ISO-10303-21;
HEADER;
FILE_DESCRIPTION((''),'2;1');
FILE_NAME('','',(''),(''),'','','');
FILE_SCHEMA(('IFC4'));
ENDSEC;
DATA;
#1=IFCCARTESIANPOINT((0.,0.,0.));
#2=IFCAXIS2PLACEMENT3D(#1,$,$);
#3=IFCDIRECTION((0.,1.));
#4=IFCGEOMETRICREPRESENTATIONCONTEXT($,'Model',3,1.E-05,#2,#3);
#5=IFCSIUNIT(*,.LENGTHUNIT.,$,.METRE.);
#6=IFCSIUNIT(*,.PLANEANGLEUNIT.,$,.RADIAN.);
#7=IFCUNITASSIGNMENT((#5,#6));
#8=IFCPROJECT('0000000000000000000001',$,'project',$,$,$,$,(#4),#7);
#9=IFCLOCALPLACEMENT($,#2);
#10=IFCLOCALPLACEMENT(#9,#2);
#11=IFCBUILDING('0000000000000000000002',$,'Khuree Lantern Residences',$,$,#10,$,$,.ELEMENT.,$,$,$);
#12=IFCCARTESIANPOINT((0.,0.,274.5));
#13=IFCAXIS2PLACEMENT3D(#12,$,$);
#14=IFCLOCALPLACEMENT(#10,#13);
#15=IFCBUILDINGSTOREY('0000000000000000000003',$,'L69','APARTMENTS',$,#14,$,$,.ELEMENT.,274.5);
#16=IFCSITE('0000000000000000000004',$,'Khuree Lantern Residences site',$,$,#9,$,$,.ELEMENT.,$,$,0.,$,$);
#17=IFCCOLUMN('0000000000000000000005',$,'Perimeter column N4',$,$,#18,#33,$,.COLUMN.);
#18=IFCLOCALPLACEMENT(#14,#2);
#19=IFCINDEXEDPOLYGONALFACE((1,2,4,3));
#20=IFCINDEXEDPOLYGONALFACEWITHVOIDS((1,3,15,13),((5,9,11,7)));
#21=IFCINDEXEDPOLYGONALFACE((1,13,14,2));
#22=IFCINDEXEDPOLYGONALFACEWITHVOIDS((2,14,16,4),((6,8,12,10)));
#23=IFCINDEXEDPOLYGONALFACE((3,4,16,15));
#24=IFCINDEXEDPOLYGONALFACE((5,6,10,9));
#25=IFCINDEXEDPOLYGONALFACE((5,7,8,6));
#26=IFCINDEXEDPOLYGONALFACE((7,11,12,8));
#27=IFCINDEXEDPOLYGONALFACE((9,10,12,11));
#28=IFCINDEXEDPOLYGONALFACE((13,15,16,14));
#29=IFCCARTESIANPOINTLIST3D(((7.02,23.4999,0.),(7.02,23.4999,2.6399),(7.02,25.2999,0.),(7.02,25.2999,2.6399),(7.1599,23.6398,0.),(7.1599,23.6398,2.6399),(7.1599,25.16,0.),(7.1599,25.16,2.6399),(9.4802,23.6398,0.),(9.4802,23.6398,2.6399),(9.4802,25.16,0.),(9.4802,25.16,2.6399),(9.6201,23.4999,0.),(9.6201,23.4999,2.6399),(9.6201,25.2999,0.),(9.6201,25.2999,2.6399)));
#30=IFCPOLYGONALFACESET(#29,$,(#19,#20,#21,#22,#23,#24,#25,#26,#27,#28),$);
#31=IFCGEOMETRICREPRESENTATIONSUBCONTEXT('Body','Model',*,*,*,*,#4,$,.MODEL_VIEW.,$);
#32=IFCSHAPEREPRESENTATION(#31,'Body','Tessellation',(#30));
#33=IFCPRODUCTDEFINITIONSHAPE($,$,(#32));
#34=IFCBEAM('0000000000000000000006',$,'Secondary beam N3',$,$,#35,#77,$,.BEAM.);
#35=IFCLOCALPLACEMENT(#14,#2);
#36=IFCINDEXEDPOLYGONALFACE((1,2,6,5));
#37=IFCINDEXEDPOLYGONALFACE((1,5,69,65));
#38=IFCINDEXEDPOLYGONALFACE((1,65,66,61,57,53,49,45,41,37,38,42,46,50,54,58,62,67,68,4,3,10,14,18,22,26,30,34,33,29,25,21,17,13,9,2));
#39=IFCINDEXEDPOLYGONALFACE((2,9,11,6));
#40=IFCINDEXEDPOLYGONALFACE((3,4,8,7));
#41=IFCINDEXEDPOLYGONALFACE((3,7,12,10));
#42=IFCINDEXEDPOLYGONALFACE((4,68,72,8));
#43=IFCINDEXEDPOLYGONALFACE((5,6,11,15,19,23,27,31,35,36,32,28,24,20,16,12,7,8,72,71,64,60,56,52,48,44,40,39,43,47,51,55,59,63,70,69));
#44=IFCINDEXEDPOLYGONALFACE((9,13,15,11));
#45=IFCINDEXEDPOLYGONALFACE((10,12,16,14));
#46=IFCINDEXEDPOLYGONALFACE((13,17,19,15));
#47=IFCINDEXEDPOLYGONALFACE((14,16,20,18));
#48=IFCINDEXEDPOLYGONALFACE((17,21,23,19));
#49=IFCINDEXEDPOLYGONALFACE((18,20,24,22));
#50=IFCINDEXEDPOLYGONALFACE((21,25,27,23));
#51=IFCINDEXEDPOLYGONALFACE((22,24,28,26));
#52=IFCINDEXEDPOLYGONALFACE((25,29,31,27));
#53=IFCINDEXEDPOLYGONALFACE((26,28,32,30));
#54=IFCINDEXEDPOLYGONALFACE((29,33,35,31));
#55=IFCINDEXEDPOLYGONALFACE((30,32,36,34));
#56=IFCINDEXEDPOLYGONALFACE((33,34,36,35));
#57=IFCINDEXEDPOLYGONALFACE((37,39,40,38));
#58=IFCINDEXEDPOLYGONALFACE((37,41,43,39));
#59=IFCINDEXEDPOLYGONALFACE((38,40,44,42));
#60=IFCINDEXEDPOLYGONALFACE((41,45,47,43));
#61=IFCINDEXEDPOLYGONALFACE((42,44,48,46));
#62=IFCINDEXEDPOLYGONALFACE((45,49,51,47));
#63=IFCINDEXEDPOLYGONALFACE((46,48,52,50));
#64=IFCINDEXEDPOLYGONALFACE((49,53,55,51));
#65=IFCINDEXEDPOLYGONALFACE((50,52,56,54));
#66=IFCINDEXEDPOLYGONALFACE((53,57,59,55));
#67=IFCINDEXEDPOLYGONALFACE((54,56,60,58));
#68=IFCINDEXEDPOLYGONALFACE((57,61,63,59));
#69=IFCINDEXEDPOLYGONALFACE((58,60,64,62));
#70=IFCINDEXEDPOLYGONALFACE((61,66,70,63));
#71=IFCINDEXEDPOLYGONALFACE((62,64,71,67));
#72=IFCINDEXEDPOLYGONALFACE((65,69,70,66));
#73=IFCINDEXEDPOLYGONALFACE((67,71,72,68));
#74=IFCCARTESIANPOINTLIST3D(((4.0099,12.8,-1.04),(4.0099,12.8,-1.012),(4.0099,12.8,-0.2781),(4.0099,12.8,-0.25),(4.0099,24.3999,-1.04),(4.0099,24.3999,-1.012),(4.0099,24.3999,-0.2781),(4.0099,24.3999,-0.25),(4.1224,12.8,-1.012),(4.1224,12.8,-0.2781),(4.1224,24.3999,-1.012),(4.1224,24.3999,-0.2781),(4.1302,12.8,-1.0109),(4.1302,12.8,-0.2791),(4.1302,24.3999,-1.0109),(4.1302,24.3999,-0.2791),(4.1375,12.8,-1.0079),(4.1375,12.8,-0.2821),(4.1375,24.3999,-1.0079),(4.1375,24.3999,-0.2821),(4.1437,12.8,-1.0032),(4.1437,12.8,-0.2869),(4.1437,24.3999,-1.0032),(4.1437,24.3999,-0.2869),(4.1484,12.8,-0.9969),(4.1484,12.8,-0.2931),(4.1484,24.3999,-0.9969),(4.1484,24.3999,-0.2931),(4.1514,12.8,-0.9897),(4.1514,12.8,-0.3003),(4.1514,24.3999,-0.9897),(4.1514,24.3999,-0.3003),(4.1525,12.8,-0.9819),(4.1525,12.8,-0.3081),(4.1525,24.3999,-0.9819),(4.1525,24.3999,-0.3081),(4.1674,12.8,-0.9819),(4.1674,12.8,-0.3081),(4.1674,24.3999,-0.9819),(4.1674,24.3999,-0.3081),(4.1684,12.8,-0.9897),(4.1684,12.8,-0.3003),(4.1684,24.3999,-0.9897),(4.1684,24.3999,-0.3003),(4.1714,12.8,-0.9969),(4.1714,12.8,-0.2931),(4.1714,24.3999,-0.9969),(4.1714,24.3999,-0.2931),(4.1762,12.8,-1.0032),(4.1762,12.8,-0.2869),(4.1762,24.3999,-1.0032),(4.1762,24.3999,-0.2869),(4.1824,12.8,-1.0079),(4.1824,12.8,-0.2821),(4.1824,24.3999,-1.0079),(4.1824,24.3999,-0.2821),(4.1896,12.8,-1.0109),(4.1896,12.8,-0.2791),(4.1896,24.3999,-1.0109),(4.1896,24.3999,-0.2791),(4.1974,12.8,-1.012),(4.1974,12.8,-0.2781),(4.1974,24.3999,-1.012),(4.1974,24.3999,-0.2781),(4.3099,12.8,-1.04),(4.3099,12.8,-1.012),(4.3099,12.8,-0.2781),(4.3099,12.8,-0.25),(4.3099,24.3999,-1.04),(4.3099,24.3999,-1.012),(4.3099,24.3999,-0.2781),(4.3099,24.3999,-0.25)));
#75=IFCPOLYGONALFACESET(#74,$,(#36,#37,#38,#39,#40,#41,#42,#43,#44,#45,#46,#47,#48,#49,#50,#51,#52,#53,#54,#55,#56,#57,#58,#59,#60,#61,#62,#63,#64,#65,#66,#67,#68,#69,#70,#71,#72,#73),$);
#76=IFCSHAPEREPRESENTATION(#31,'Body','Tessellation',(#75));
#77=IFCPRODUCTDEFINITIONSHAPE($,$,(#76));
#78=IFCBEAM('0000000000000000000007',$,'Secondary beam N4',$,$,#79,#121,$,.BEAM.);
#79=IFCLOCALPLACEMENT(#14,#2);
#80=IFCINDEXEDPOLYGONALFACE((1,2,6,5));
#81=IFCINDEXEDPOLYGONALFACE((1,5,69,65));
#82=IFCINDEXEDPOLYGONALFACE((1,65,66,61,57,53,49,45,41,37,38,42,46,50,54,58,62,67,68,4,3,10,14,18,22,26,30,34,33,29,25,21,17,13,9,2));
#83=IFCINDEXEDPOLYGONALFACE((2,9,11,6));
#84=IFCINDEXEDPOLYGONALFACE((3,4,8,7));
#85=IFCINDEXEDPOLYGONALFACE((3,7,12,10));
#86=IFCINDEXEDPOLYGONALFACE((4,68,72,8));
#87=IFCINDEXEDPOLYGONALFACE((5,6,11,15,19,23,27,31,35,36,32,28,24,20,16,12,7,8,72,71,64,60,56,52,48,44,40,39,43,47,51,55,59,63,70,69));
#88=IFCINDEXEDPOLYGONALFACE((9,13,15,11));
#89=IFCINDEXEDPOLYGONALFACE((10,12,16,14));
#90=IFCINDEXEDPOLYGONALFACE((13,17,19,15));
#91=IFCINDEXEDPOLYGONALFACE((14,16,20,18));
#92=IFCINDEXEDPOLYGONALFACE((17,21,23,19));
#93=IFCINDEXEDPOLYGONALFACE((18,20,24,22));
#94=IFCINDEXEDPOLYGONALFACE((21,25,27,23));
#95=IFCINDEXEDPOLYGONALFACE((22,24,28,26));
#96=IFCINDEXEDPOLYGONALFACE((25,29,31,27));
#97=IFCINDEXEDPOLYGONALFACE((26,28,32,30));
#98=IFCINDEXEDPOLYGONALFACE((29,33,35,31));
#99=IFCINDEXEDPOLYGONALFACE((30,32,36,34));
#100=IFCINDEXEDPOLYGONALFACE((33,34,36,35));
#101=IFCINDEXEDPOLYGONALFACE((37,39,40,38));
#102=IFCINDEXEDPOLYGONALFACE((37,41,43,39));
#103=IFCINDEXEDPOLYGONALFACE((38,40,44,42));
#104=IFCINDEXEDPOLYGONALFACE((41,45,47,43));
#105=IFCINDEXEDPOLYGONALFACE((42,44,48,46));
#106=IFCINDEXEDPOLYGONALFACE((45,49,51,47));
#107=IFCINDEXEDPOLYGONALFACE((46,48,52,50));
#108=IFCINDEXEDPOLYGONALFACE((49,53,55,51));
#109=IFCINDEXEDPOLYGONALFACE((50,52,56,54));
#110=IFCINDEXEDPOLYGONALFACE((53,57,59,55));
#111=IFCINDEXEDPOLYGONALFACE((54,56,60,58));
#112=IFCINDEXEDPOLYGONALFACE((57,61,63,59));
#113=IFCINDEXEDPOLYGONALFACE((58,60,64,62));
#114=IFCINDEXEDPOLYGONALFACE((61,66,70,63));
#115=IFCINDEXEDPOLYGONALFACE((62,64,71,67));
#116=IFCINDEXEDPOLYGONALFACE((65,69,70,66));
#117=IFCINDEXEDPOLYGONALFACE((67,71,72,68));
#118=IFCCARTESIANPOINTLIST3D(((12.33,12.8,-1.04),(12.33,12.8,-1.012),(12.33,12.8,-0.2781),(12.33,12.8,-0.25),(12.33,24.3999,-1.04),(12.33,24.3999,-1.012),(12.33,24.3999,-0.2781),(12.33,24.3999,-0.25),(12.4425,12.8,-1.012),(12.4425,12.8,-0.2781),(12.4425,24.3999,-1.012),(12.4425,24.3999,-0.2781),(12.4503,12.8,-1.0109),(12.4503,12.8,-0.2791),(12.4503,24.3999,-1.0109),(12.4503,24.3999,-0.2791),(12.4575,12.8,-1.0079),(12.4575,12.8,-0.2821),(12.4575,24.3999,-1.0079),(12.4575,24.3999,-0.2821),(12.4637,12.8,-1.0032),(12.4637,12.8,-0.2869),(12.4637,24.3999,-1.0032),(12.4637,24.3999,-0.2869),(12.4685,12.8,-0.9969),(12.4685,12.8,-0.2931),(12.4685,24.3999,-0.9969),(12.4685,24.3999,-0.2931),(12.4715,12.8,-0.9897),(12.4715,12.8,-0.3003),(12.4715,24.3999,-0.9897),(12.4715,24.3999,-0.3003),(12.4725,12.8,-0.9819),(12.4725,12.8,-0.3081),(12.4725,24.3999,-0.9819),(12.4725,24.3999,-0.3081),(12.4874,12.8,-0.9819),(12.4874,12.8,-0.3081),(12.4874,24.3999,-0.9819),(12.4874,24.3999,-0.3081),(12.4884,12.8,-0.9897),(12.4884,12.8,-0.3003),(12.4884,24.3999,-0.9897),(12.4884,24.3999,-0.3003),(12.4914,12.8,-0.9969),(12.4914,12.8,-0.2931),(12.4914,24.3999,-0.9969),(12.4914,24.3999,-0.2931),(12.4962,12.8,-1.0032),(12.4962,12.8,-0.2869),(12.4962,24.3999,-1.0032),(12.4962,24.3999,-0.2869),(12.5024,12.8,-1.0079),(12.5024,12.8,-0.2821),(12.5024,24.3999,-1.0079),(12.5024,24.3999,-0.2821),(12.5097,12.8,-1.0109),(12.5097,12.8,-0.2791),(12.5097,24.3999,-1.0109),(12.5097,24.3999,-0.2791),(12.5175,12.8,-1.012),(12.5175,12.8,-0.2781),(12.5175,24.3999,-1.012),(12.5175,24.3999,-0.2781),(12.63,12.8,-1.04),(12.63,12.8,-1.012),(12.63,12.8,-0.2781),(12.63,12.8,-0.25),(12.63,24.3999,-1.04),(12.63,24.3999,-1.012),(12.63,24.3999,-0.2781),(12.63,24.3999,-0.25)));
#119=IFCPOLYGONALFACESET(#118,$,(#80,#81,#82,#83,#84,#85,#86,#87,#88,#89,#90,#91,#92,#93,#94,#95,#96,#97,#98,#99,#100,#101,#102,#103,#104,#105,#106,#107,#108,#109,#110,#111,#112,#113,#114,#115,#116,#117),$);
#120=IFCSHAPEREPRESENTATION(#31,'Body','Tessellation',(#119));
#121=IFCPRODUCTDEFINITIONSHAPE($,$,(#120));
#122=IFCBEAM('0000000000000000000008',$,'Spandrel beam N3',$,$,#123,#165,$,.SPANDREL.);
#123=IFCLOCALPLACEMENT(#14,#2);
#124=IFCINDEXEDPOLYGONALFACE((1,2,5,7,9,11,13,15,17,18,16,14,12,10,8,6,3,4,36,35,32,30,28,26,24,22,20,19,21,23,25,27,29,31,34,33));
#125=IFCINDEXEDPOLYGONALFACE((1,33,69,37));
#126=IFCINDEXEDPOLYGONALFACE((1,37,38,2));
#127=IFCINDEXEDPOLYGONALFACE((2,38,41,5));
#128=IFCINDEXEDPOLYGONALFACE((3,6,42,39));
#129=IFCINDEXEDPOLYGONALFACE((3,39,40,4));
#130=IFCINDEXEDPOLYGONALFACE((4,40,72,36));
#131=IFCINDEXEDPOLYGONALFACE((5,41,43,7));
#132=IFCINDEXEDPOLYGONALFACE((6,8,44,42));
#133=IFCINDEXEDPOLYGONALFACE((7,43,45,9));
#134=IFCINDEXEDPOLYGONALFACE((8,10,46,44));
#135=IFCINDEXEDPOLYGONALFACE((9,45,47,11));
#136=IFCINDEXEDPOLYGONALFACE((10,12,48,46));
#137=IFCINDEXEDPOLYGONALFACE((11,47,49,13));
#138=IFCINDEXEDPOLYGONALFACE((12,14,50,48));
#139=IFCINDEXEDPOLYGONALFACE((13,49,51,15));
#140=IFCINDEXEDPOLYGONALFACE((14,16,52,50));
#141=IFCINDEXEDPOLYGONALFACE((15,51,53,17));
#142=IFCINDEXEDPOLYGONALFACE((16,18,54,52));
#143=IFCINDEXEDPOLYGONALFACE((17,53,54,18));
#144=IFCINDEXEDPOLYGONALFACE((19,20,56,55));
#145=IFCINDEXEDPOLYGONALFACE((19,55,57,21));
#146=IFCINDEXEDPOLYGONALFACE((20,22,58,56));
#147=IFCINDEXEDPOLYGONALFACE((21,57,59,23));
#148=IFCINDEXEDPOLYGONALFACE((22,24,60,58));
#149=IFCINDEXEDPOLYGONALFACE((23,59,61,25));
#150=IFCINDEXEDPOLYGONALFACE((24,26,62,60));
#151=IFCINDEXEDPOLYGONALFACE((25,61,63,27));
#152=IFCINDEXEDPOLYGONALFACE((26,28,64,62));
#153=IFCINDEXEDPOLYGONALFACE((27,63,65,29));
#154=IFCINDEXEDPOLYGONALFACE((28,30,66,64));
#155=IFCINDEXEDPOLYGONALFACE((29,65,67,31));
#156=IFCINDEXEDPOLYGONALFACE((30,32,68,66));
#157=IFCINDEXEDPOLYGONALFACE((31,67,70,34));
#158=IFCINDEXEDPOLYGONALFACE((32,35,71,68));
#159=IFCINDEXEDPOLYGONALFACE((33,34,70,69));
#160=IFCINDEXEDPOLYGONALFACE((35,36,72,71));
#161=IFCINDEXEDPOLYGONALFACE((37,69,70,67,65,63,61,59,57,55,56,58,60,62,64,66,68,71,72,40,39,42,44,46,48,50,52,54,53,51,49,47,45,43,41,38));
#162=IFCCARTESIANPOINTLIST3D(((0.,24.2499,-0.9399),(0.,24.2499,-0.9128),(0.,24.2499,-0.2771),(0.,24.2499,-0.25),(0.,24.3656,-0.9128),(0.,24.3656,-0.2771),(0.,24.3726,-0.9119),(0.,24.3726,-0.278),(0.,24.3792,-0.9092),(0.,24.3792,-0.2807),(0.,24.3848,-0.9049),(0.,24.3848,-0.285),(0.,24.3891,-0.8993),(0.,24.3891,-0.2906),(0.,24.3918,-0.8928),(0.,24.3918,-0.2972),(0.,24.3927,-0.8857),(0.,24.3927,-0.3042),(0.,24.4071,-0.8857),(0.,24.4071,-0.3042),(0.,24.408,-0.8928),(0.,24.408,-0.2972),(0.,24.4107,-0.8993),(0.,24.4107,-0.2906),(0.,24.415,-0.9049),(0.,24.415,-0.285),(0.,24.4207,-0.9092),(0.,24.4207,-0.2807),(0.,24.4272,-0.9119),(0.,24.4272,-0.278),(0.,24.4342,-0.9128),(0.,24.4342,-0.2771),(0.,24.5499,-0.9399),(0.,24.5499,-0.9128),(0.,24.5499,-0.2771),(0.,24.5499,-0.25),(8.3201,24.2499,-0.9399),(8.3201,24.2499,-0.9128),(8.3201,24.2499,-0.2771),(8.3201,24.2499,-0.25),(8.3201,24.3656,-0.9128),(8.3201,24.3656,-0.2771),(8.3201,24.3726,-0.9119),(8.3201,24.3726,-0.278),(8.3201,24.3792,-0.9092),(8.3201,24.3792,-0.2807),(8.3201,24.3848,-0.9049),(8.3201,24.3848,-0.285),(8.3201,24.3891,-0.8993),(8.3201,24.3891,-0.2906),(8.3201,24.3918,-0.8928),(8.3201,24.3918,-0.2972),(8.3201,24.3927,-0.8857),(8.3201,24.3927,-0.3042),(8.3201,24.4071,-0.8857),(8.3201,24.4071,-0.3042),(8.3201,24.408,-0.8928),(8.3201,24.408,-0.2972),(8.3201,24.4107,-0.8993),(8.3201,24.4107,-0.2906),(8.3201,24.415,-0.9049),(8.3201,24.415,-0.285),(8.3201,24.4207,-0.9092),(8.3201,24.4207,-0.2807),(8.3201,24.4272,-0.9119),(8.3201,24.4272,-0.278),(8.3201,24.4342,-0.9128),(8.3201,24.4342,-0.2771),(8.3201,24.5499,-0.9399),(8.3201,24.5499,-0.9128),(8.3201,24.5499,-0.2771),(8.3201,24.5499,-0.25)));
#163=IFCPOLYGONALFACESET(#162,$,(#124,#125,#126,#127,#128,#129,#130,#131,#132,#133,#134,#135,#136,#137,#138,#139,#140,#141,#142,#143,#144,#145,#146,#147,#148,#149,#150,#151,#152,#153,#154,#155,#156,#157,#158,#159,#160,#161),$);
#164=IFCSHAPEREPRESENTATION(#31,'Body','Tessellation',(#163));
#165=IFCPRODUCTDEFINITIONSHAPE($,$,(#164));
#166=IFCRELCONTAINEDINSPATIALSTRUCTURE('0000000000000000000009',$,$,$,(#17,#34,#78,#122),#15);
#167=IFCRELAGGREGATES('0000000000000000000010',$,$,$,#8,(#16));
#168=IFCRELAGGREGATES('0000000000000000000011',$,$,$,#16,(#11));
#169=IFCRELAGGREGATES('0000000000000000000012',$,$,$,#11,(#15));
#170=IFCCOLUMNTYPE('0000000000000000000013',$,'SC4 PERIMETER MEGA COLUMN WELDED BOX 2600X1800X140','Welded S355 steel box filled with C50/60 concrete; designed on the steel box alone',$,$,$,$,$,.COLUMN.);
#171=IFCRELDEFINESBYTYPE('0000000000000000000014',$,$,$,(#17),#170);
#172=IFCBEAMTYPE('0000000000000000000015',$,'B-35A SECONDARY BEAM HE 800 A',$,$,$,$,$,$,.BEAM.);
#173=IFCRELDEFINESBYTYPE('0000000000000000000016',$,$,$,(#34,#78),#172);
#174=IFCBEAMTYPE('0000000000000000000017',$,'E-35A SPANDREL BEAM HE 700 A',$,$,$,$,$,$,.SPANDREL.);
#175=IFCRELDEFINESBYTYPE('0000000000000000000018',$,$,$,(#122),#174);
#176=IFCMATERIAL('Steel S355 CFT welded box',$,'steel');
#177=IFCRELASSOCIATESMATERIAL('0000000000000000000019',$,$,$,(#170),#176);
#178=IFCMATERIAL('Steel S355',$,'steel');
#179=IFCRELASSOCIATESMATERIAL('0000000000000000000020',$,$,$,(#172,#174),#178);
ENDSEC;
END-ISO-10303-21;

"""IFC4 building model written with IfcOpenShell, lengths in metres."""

from ifc_helpers import new_model, si_unit, direction, frame, origin, origin_2d, place, context, subcontext, project, spatial, hollow_rectangle, i_section, extrude, material, material_profile, profile_set, type_object, element, save


model = new_model("IFC4")

# Units and contexts
model_context = context("Model", 3, precision=1e-05, world=origin(), true_north=direction((0.0, 1.0)))
body_context = subcontext(model_context, "Body", "Model", "MODEL_VIEW")
ifc_project = project(units=[si_unit("LENGTHUNIT", "METRE"), si_unit("PLANEANGLEUNIT", "RADIAN")], contexts=[model_context])

# Site, building, storey
site_placement = place(None, origin())
site = spatial("IfcSite", under=ifc_project, at=site_placement, Name="Khuree Lantern Residences site", CompositionType="ELEMENT", RefElevation=0.0)
building_placement = place(site_placement, origin())
building = spatial("IfcBuilding", under=site, at=building_placement, Name="Khuree Lantern Residences", CompositionType="ELEMENT")
storey_placement = place(building_placement, frame((0.0, 0.0, 274.5)))
storey = spatial("IfcBuildingStorey", under=building, at=storey_placement, Name="L69", Description="APARTMENTS", CompositionType="ELEMENT", Elevation=274.5)

# Column
ifc_material_1 = material(Name="Steel S355 CFT welded box", Category="steel")
ifc_material_profile_1 = material_profile(ifc_material_1, hollow_rectangle(XDim=2.6001, YDim=1.8, WallThickness=0.1399, at=origin_2d()), Name="WELDED BOX 2600X1800X140")
ifc_profile_set_1 = profile_set([ifc_material_profile_1], Name="Steel S355 CFT welded box")
column_type = type_object("IfcColumnType", Name="SC4 PERIMETER MEGA COLUMN WELDED BOX 2600X1800X140", Description="Welded S355 steel box filled with C50/60 concrete; designed on the steel box alone", PredefinedType="COLUMN", material=ifc_profile_set_1)
column_placement = place(storey_placement, frame((8.3201, 24.3999, 0.0), z_axis=(0.0, 0.0, 1.0), x_axis=(1.0, 0.0, 0.0)))
element("IfcColumn", 1, at=column_placement, inside=storey, type_object=column_type, Name="Perimeter column N4", PredefinedType="COLUMN", context=body_context, shape_type="SweptSolid", body=[
    extrude(hollow_rectangle(XDim=2.6001, YDim=1.8, WallThickness=0.1399, at=origin_2d()), origin(), (0.0, 0.0, 1.0), 2.6399),
])

# Beams
ifc_material_2 = material(Name="Steel S355", Category="steel")
ifc_material_profile_2 = material_profile(ifc_material_2, i_section(OverallWidth=0.3, OverallDepth=0.79, WebThickness=0.0149, FlangeThickness=0.0281, FilletRadius=0.03, at=origin_2d()), Name="HE 800 A")
ifc_profile_set_2 = profile_set([ifc_material_profile_2], Name="Steel S355")
beam_type_1 = type_object("IfcBeamType", Name="B-35A SECONDARY BEAM HE 800 A", PredefinedType="BEAM", material=ifc_profile_set_2)
for number, where, z_axis, x_axis, name in (
    (2, (4.1599, 24.3999, -0.645), (0.0, -1.0, 0.0), (1.0, 0.0, 0.0), "Secondary beam N3"),
    (3, (12.48, 24.3999, -0.645), (0.0, -1.0, 0.0), (1.0, 0.0, 0.0), "Secondary beam N4"),
):
    element("IfcBeam", number, at=place(storey_placement, frame(where, z_axis=z_axis, x_axis=x_axis)), inside=storey, type_object=beam_type_1, Name=name, PredefinedType="BEAM", context=body_context, shape_type="SweptSolid", body=[
        extrude(i_section(OverallWidth=0.3, OverallDepth=0.79, WebThickness=0.0149, FlangeThickness=0.0281, FilletRadius=0.03, at=origin_2d()), origin(), (0.0, 0.0, 1.0), 11.5999),
    ])
ifc_material_profile_3 = material_profile(ifc_material_2, i_section(OverallWidth=0.3, OverallDepth=0.6899, WebThickness=0.0144, FlangeThickness=0.0271, FilletRadius=0.0271, at=origin_2d()), Name="HE 700 A")
ifc_profile_set_3 = profile_set([ifc_material_profile_3], Name="Steel S355")
beam_type_2 = type_object("IfcBeamType", Name="E-35A SPANDREL BEAM HE 700 A", PredefinedType="SPANDREL", material=ifc_profile_set_3)
beam_1_placement = place(storey_placement, frame((0.0, 24.3999, -0.595), z_axis=(1.0, 0.0, 0.0), x_axis=(0.0, 1.0, 0.0)))
element("IfcBeam", 4, at=beam_1_placement, inside=storey, type_object=beam_type_2, Name="Spandrel beam N3", PredefinedType="SPANDREL", context=body_context, shape_type="SweptSolid", body=[
    extrude(i_section(OverallWidth=0.3, OverallDepth=0.6899, WebThickness=0.0144, FlangeThickness=0.0271, FilletRadius=0.0271, at=origin_2d()), origin(), (0.0, 0.0, 1.0), 8.3201),
])

save(model, "model.ifc")
